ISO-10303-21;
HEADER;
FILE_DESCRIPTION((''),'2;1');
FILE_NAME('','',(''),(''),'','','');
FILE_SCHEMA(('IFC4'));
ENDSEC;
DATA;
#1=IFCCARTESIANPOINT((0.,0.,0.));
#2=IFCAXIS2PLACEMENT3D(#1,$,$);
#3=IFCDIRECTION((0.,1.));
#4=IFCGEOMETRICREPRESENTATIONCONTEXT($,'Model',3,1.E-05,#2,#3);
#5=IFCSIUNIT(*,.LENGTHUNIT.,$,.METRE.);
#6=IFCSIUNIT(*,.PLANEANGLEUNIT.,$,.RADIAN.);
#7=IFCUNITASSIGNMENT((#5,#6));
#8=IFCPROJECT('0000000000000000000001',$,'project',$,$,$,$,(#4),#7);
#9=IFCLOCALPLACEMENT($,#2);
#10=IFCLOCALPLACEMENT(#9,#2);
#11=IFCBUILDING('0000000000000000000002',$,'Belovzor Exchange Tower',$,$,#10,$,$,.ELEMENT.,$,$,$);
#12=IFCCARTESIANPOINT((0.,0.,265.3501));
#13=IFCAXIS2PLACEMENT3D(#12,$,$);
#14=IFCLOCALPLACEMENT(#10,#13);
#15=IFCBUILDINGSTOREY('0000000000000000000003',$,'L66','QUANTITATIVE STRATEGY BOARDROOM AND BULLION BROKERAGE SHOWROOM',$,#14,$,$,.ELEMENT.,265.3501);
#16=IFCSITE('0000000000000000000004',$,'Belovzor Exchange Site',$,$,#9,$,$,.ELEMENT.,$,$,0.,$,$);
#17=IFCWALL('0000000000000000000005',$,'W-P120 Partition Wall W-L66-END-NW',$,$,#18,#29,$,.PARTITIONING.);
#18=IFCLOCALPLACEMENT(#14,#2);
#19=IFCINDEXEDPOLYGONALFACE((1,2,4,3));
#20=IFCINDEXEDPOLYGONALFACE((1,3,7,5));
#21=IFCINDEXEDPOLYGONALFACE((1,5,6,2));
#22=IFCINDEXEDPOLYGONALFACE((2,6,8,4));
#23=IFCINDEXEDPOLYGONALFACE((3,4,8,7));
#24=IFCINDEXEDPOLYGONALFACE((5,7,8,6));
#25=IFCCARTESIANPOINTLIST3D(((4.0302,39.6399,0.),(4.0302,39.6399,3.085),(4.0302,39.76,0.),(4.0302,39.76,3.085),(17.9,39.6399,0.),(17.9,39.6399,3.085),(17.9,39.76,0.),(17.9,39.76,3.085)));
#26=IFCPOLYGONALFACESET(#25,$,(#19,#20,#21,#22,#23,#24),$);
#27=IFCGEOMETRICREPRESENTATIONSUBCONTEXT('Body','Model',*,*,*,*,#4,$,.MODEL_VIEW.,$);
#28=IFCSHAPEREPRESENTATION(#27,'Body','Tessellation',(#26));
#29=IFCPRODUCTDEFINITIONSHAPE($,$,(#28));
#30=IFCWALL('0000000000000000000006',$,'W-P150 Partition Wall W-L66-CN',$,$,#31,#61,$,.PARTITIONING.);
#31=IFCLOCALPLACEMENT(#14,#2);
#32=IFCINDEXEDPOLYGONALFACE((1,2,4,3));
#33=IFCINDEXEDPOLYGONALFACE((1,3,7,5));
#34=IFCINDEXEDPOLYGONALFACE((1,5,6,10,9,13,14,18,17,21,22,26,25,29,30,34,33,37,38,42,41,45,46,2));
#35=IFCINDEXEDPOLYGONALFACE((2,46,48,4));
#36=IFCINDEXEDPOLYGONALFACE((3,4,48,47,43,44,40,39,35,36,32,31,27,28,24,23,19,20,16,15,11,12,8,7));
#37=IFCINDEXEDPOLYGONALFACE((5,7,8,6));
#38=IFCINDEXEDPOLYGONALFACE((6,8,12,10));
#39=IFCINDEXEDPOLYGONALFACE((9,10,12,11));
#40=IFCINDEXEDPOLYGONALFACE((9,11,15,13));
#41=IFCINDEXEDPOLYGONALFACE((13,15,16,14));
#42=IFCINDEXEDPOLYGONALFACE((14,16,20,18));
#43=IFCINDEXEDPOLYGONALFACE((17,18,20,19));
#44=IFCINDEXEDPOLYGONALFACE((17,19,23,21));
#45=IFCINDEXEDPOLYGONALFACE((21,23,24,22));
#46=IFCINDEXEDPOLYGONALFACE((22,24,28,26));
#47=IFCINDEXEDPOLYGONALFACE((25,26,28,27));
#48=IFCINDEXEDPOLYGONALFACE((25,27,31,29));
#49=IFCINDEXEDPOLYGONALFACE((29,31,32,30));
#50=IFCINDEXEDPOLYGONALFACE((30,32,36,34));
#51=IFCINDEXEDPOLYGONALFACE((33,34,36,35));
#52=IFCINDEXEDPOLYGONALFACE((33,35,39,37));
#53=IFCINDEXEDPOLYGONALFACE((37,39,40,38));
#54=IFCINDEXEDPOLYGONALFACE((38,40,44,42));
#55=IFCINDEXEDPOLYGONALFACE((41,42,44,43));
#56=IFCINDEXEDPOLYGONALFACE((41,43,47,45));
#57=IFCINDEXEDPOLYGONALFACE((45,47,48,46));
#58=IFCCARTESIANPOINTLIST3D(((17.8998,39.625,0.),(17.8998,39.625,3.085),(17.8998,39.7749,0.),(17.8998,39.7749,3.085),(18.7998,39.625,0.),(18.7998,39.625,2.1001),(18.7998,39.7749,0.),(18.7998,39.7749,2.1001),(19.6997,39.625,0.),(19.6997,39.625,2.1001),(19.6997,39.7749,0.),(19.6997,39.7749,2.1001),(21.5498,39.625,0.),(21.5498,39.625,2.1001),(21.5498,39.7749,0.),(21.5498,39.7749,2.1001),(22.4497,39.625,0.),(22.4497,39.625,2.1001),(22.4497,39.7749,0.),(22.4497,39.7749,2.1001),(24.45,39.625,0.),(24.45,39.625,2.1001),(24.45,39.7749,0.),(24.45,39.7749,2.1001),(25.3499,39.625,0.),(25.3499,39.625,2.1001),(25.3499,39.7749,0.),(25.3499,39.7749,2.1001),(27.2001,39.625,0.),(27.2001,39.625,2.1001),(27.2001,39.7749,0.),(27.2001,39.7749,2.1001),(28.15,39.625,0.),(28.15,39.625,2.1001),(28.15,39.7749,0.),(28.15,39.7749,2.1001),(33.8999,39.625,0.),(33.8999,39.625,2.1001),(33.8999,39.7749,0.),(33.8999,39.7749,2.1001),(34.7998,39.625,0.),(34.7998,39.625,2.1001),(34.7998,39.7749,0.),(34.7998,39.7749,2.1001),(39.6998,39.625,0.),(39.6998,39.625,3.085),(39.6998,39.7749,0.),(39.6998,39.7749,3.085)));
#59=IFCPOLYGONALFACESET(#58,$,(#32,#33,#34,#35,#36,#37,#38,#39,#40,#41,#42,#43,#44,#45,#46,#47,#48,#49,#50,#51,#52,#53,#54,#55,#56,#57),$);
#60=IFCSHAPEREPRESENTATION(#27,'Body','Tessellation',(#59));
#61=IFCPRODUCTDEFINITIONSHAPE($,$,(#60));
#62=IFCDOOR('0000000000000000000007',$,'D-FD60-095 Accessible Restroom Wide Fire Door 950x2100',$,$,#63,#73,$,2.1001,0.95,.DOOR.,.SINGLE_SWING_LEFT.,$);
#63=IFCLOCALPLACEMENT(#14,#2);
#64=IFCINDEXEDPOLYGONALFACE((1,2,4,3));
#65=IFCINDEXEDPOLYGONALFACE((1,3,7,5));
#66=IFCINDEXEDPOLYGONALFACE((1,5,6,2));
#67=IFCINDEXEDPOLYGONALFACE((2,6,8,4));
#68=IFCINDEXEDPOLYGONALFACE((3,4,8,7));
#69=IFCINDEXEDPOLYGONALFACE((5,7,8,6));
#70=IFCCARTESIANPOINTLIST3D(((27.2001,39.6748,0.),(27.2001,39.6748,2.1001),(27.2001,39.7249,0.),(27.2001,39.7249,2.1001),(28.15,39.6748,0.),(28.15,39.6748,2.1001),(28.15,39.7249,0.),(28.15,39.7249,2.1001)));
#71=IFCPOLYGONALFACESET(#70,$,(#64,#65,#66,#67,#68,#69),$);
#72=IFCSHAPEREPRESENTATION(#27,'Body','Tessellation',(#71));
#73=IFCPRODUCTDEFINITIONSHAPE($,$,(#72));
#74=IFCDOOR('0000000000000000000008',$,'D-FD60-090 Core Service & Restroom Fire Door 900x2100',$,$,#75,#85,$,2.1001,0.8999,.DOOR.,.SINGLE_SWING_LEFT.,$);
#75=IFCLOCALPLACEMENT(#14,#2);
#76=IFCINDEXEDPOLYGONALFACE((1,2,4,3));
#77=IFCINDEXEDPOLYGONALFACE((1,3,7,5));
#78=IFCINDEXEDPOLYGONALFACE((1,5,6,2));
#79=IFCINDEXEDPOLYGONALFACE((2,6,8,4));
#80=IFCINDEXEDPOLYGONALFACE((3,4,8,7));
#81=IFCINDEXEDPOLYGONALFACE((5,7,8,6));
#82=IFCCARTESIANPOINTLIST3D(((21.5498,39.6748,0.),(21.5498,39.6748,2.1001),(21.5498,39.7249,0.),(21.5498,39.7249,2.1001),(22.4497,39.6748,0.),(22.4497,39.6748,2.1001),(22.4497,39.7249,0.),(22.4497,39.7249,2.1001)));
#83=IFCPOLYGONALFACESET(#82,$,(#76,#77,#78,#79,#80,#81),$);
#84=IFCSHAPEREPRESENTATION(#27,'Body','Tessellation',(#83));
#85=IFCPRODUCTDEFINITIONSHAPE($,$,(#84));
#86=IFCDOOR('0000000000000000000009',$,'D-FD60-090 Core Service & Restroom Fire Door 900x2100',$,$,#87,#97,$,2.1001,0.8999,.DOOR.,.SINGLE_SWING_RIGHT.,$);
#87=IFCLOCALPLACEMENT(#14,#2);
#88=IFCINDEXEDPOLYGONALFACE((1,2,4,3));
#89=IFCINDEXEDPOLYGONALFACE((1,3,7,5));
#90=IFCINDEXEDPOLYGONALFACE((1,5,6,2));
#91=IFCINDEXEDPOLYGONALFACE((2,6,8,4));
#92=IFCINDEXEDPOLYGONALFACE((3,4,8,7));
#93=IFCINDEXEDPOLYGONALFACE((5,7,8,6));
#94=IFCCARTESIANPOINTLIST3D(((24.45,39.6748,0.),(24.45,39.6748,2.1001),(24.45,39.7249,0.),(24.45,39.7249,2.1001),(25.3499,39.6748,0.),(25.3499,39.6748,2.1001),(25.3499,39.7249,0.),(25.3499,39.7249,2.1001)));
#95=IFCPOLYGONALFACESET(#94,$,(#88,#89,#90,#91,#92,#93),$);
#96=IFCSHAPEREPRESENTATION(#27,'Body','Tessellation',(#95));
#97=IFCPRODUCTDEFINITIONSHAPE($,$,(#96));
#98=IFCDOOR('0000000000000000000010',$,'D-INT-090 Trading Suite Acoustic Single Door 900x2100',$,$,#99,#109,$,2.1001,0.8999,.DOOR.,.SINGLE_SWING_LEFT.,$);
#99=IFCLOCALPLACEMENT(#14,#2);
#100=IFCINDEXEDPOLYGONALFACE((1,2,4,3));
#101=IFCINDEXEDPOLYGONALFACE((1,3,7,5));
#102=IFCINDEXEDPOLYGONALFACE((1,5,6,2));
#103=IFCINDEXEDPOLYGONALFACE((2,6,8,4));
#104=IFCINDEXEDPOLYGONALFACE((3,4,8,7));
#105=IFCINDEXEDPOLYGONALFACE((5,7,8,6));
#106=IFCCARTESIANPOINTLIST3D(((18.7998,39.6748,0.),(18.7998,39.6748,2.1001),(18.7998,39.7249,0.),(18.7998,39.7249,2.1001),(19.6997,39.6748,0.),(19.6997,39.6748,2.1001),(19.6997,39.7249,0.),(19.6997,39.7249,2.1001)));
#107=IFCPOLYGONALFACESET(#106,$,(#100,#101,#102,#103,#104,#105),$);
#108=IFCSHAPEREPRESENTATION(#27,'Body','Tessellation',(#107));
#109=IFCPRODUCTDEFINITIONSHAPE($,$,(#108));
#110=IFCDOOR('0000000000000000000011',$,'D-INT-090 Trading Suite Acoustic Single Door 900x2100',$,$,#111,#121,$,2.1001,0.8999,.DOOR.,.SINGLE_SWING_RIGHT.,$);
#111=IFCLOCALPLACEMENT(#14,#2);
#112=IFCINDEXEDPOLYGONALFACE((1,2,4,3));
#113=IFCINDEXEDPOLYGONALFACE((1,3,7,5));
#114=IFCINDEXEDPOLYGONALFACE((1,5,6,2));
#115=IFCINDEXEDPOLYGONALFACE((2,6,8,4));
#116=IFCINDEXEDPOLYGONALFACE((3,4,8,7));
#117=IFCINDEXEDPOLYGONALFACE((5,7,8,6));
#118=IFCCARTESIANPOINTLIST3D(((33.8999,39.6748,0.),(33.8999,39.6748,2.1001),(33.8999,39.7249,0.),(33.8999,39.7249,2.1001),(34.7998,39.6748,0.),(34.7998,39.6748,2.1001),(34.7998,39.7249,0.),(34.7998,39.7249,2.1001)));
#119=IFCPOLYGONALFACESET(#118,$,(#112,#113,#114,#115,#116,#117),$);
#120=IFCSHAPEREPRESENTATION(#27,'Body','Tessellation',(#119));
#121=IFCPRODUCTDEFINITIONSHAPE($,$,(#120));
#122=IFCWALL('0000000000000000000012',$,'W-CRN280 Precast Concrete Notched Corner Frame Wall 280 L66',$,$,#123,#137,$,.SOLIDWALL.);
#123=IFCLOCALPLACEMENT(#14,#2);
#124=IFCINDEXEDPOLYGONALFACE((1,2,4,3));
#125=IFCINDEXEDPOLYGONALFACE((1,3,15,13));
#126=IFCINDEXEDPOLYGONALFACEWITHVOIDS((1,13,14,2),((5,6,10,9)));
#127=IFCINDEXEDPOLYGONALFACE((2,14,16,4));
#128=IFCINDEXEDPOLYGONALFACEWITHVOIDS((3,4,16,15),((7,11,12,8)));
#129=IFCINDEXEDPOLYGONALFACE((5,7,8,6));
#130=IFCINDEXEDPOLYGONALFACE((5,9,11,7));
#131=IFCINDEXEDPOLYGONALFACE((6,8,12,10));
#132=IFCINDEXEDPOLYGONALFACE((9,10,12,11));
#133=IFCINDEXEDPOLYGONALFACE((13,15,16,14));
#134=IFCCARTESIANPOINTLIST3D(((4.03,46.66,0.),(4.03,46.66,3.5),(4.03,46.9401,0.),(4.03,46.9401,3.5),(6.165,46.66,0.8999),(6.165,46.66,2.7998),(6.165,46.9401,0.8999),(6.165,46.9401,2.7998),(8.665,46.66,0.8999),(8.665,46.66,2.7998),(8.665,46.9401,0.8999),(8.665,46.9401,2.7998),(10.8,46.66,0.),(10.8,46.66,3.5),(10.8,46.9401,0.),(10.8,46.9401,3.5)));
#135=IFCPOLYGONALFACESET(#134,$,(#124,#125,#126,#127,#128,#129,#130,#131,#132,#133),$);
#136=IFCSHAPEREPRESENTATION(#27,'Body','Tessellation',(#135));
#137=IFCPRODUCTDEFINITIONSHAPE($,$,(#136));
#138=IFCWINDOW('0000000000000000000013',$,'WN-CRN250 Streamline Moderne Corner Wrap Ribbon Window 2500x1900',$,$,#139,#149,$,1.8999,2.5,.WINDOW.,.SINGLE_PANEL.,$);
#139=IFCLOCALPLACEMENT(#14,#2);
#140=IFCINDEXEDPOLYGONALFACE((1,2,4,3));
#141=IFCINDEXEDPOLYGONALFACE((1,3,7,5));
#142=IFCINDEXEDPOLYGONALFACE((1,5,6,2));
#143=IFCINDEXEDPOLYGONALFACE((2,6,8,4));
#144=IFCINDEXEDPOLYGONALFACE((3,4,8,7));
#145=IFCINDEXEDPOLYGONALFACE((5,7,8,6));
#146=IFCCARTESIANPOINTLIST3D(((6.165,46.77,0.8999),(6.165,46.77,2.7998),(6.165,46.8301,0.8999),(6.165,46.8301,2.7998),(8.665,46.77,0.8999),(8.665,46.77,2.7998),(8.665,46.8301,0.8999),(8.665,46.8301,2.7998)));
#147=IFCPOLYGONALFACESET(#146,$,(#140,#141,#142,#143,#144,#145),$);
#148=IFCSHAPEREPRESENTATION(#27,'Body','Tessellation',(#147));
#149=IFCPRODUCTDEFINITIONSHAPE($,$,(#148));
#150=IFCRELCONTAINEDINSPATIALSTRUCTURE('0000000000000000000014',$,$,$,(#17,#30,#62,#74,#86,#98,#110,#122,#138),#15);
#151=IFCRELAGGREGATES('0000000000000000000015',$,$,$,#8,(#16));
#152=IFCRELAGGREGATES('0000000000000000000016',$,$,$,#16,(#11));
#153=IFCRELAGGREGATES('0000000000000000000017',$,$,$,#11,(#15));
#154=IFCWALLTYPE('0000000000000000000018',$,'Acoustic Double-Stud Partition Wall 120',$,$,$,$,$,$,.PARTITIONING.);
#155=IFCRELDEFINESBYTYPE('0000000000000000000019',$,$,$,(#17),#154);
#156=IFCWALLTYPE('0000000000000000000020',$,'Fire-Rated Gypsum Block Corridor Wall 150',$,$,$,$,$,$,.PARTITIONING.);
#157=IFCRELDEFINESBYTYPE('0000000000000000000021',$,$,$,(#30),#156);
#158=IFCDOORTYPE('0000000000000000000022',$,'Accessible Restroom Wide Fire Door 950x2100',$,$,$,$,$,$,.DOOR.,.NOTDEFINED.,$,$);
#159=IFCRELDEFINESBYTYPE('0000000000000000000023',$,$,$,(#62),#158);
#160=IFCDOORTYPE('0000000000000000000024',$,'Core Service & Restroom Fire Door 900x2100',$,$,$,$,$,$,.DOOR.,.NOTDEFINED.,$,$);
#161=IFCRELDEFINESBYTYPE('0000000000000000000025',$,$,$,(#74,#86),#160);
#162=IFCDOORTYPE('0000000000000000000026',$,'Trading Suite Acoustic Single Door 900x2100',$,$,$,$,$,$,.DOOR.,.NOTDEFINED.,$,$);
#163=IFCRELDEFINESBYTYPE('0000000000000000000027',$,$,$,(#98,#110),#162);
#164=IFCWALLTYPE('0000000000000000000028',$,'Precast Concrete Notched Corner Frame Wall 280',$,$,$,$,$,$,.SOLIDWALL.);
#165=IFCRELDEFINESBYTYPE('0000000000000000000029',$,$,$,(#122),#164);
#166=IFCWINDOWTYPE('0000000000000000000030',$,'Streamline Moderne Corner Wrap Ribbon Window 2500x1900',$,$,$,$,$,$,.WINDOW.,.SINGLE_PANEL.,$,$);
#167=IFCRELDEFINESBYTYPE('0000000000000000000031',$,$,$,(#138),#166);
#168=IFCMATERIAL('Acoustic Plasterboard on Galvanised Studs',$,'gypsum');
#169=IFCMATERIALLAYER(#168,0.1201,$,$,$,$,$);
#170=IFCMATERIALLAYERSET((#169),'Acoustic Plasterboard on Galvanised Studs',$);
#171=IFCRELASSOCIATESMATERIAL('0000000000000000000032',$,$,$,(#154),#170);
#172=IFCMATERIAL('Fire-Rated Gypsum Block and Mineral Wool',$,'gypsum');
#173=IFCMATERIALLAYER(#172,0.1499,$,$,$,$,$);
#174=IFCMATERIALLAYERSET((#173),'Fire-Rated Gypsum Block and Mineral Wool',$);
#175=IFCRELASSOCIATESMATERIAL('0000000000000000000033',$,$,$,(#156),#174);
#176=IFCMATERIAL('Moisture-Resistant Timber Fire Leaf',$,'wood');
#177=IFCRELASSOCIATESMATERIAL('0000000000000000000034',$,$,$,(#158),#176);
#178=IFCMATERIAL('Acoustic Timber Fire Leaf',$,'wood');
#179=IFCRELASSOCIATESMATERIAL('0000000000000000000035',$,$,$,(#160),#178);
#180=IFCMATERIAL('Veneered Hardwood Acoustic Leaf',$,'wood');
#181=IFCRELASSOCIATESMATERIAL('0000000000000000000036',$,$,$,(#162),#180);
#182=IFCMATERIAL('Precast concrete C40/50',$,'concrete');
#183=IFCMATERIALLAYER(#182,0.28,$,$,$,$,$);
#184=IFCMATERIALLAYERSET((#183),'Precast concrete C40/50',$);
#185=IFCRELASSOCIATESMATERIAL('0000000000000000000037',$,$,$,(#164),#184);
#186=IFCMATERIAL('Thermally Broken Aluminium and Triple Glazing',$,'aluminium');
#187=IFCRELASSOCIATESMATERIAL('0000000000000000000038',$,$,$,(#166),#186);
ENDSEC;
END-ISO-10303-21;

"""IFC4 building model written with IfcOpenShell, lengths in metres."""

from ifc_helpers import new_model, si_unit, direction, frame, frame_2d, origin, place, context, subcontext, project, spatial, rectangle, extrude, material, layer, layer_set, type_object, element, fill, save


model = new_model("IFC4")

# Units and contexts
model_context = context("Model", 3, precision=1e-05, world=origin(), true_north=direction((0.0, 1.0)))
body_context = subcontext(model_context, "Body", "Model", "MODEL_VIEW")
ifc_project = project(units=[si_unit("LENGTHUNIT", "METRE"), si_unit("PLANEANGLEUNIT", "RADIAN")], contexts=[model_context])

# Site, building, storey
site_placement = place(None, origin())
site = spatial("IfcSite", under=ifc_project, at=site_placement, Name="Belovzor Exchange Site", CompositionType="ELEMENT", RefElevation=0.0)
building_placement = place(site_placement, origin())
building = spatial("IfcBuilding", under=site, at=building_placement, Name="Belovzor Exchange Tower", CompositionType="ELEMENT")
storey_placement = place(building_placement, frame((0.0, 0.0, 265.3501)))
storey = spatial("IfcBuildingStorey", under=building, at=storey_placement, Name="L66", Description="QUANTITATIVE STRATEGY BOARDROOM AND BULLION BROKERAGE SHOWROOM", CompositionType="ELEMENT", Elevation=265.3501)

# Wall
ifc_material_1 = material(Name="Acoustic Plasterboard on Galvanised Studs", Category="gypsum")
ifc_layer_1 = layer(ifc_material_1, 0.1201)
ifc_layer_set_1 = layer_set([ifc_layer_1], Name="Acoustic Plasterboard on Galvanised Studs")
wall_type_1 = type_object("IfcWallType", Name="Acoustic Double-Stud Partition Wall 120", PredefinedType="PARTITIONING", material=ifc_layer_set_1)
wall_1_placement = place(storey_placement, frame((4.03, 39.7, 0.0), z_axis=(0.0, 0.0, 1.0), x_axis=(1.0, 0.0, 0.0)))
element("IfcWall", 1, at=wall_1_placement, inside=storey, type_object=wall_type_1, Name="W-P120 Partition Wall W-L66-END-NW", PredefinedType="PARTITIONING", context=body_context, shape_type="SweptSolid", body=[
    extrude(rectangle(XDim=13.8699, YDim=0.1201, at=frame_2d((6.9351, 0.0))), origin(), (0.0, 0.0, 1.0), 3.085),
])

# Wall, openings, doors
ifc_material_2 = material(Name="Fire-Rated Gypsum Block and Mineral Wool", Category="gypsum")
ifc_layer_2 = layer(ifc_material_2, 0.1499)
ifc_layer_set_2 = layer_set([ifc_layer_2], Name="Fire-Rated Gypsum Block and Mineral Wool")
wall_type_2 = type_object("IfcWallType", Name="Fire-Rated Gypsum Block Corridor Wall 150", PredefinedType="PARTITIONING", material=ifc_layer_set_2)
wall_2_placement = place(storey_placement, frame((17.8999, 39.7, 0.0), z_axis=(0.0, 0.0, 1.0), x_axis=(1.0, 0.0, 0.0)))
wall_2 = element("IfcWall", 2, at=wall_2_placement, inside=storey, type_object=wall_type_2, Name="W-P150 Partition Wall W-L66-CN", PredefinedType="PARTITIONING", context=body_context, shape_type="SweptSolid", body=[
    extrude(rectangle(XDim=21.8, YDim=0.1499, at=frame_2d((10.8999, 0.0))), origin(), (0.0, 0.0, 1.0), 3.085),
])
opening_1_placement = place(wall_2_placement, frame((0.8999, 0.0, 0.0)))
opening_1 = element("IfcOpeningElement", 3, at=opening_1_placement, cuts=wall_2, PredefinedType="OPENING", context=body_context, shape_type="SweptSolid", body=[
    extrude(rectangle(XDim=0.8999, YDim=2.1001, at=frame_2d((0.45, 1.05))), frame((0.0, 0.085, 0.0), z_axis=(0.0, -1.0, 0.0), x_axis=(1.0, 0.0, 0.0)), (0.0, 0.0, 1.0), 0.1699),
])
opening_2_placement = place(wall_2_placement, frame((3.6499, 0.0, 0.0)))
opening_2 = element("IfcOpeningElement", 4, at=opening_2_placement, cuts=wall_2, PredefinedType="OPENING", context=body_context, shape_type="SweptSolid", body=[
    extrude(rectangle(XDim=0.8999, YDim=2.1001, at=frame_2d((0.45, 1.05))), frame((0.0, 0.085, 0.0), z_axis=(0.0, -1.0, 0.0), x_axis=(1.0, 0.0, 0.0)), (0.0, 0.0, 1.0), 0.1699),
])
opening_3_placement = place(wall_2_placement, frame((6.55, 0.0, 0.0)))
opening_3 = element("IfcOpeningElement", 5, at=opening_3_placement, cuts=wall_2, PredefinedType="OPENING", context=body_context, shape_type="SweptSolid", body=[
    extrude(rectangle(XDim=0.8999, YDim=2.1001, at=frame_2d((0.45, 1.05))), frame((0.0, 0.085, 0.0), z_axis=(0.0, -1.0, 0.0), x_axis=(1.0, 0.0, 0.0)), (0.0, 0.0, 1.0), 0.1699),
])
opening_4_placement = place(wall_2_placement, frame((9.3, 0.0, 0.0)))
opening_4 = element("IfcOpeningElement", 6, at=opening_4_placement, cuts=wall_2, PredefinedType="OPENING", context=body_context, shape_type="SweptSolid", body=[
    extrude(rectangle(XDim=0.95, YDim=2.1001, at=frame_2d((0.4751, 1.05))), frame((0.0, 0.085, 0.0), z_axis=(0.0, -1.0, 0.0), x_axis=(1.0, 0.0, 0.0)), (0.0, 0.0, 1.0), 0.1699),
])
opening_5_placement = place(wall_2_placement, frame((16.0, 0.0, 0.0)))
opening_5 = element("IfcOpeningElement", 7, at=opening_5_placement, cuts=wall_2, PredefinedType="OPENING", context=body_context, shape_type="SweptSolid", body=[
    extrude(rectangle(XDim=0.8999, YDim=2.1001, at=frame_2d((0.45, 1.05))), frame((0.0, 0.085, 0.0), z_axis=(0.0, -1.0, 0.0), x_axis=(1.0, 0.0, 0.0)), (0.0, 0.0, 1.0), 0.1699),
])
ifc_material_3 = material(Name="Moisture-Resistant Timber Fire Leaf", Category="wood")
door_type_1 = type_object("IfcDoorType", Name="Accessible Restroom Wide Fire Door 950x2100", OperationType="NOTDEFINED", PredefinedType="DOOR", material=ifc_material_3)
door_1_placement = place(opening_4_placement, origin())
door_1 = element("IfcDoor", 8, at=door_1_placement, inside=storey, type_object=door_type_1, Name="D-FD60-095 Accessible Restroom Wide Fire Door 950x2100", OperationType="SINGLE_SWING_LEFT", OverallHeight=2.1001, OverallWidth=0.95, PredefinedType="DOOR", context=body_context, shape_type="SweptSolid", body=[
    extrude(rectangle(XDim=0.95, YDim=2.1001, at=frame_2d((0.4751, 1.05))), frame((0.0, 0.0249, 0.0), z_axis=(0.0, -1.0, 0.0), x_axis=(1.0, 0.0, 0.0)), (0.0, 0.0, 1.0), 0.05),
])
fill(opening_4, door_1)
ifc_material_4 = material(Name="Acoustic Timber Fire Leaf", Category="wood")
door_type_2 = type_object("IfcDoorType", Name="Core Service & Restroom Fire Door 900x2100", OperationType="NOTDEFINED", PredefinedType="DOOR", material=ifc_material_4)
door_2_placement = place(opening_2_placement, origin())
door_2 = element("IfcDoor", 9, at=door_2_placement, inside=storey, type_object=door_type_2, Name="D-FD60-090 Core Service & Restroom Fire Door 900x2100", OperationType="SINGLE_SWING_LEFT", OverallHeight=2.1001, OverallWidth=0.8999, PredefinedType="DOOR", context=body_context, shape_type="SweptSolid", body=[
    extrude(rectangle(XDim=0.8999, YDim=2.1001, at=frame_2d((0.45, 1.05))), frame((0.0, 0.0249, 0.0), z_axis=(0.0, -1.0, 0.0), x_axis=(1.0, 0.0, 0.0)), (0.0, 0.0, 1.0), 0.05),
])
fill(opening_2, door_2)
door_3_placement = place(opening_3_placement, origin())
door_3 = element("IfcDoor", 10, at=door_3_placement, inside=storey, type_object=door_type_2, Name="D-FD60-090 Core Service & Restroom Fire Door 900x2100", OperationType="SINGLE_SWING_RIGHT", OverallHeight=2.1001, OverallWidth=0.8999, PredefinedType="DOOR", context=body_context, shape_type="SweptSolid", body=[
    extrude(rectangle(XDim=0.8999, YDim=2.1001, at=frame_2d((0.45, 1.05))), frame((0.0, 0.0249, 0.0), z_axis=(0.0, -1.0, 0.0), x_axis=(1.0, 0.0, 0.0)), (0.0, 0.0, 1.0), 0.05),
])
fill(opening_3, door_3)
ifc_material_5 = material(Name="Veneered Hardwood Acoustic Leaf", Category="wood")
door_type_3 = type_object("IfcDoorType", Name="Trading Suite Acoustic Single Door 900x2100", OperationType="NOTDEFINED", PredefinedType="DOOR", material=ifc_material_5)
door_4_placement = place(opening_1_placement, origin())
door_4 = element("IfcDoor", 11, at=door_4_placement, inside=storey, type_object=door_type_3, Name="D-INT-090 Trading Suite Acoustic Single Door 900x2100", OperationType="SINGLE_SWING_LEFT", OverallHeight=2.1001, OverallWidth=0.8999, PredefinedType="DOOR", context=body_context, shape_type="SweptSolid", body=[
    extrude(rectangle(XDim=0.8999, YDim=2.1001, at=frame_2d((0.45, 1.05))), frame((0.0, 0.0249, 0.0), z_axis=(0.0, -1.0, 0.0), x_axis=(1.0, 0.0, 0.0)), (0.0, 0.0, 1.0), 0.05),
])
fill(opening_1, door_4)
door_5_placement = place(opening_5_placement, origin())
door_5 = element("IfcDoor", 12, at=door_5_placement, inside=storey, type_object=door_type_3, Name="D-INT-090 Trading Suite Acoustic Single Door 900x2100", OperationType="SINGLE_SWING_RIGHT", OverallHeight=2.1001, OverallWidth=0.8999, PredefinedType="DOOR", context=body_context, shape_type="SweptSolid", body=[
    extrude(rectangle(XDim=0.8999, YDim=2.1001, at=frame_2d((0.45, 1.05))), frame((0.0, 0.0249, 0.0), z_axis=(0.0, -1.0, 0.0), x_axis=(1.0, 0.0, 0.0)), (0.0, 0.0, 1.0), 0.05),
])
fill(opening_5, door_5)

# Wall, opening, window
ifc_material_6 = material(Name="Precast concrete C40/50", Category="concrete")
ifc_layer_3 = layer(ifc_material_6, 0.28)
ifc_layer_set_3 = layer_set([ifc_layer_3], Name="Precast concrete C40/50")
wall_type_3 = type_object("IfcWallType", Name="Precast Concrete Notched Corner Frame Wall 280", PredefinedType="SOLIDWALL", material=ifc_layer_set_3)
wall_3_placement = place(storey_placement, frame((4.03, 46.8, 0.0), z_axis=(0.0, 0.0, 1.0), x_axis=(1.0, 0.0, 0.0)))
wall_3 = element("IfcWall", 13, at=wall_3_placement, inside=storey, type_object=wall_type_3, Name="W-CRN280 Precast Concrete Notched Corner Frame Wall 280 L66", PredefinedType="SOLIDWALL", context=body_context, shape_type="SweptSolid", body=[
    extrude(rectangle(XDim=6.77, YDim=0.28, at=frame_2d((3.385, 0.0))), origin(), (0.0, 0.0, 1.0), 3.5),
])
opening_6_placement = place(wall_3_placement, frame((2.135, 0.0, 0.8999)))
opening_6 = element("IfcOpeningElement", 14, at=opening_6_placement, cuts=wall_3, PredefinedType="OPENING", context=body_context, shape_type="SweptSolid", body=[
    extrude(rectangle(XDim=2.5, YDim=1.8999, at=frame_2d((1.25, 0.95))), frame((0.0, 0.1499, 0.0), z_axis=(0.0, -1.0, 0.0), x_axis=(1.0, 0.0, 0.0)), (0.0, 0.0, 1.0), 0.3),
])
ifc_material_7 = material(Name="Thermally Broken Aluminium and Triple Glazing", Category="aluminium")
window_type_1 = type_object("IfcWindowType", Name="Streamline Moderne Corner Wrap Ribbon Window 2500x1900", PartitioningType="SINGLE_PANEL", PredefinedType="WINDOW", material=ifc_material_7)
window_1_placement = place(opening_6_placement, origin())
window_1 = element("IfcWindow", 15, at=window_1_placement, inside=storey, type_object=window_type_1, Name="WN-CRN250 Streamline Moderne Corner Wrap Ribbon Window 2500x1900", OverallHeight=1.8999, OverallWidth=2.5, PartitioningType="SINGLE_PANEL", PredefinedType="WINDOW", context=body_context, shape_type="SweptSolid", body=[
    extrude(rectangle(XDim=2.5, YDim=1.8999, at=frame_2d((1.25, 0.95))), frame((0.0, 0.03, 0.0), z_axis=(0.0, -1.0, 0.0), x_axis=(1.0, 0.0, 0.0)), (0.0, 0.0, 1.0), 0.0601),
])
fill(opening_6, window_1)

save(model, "model.ifc")
